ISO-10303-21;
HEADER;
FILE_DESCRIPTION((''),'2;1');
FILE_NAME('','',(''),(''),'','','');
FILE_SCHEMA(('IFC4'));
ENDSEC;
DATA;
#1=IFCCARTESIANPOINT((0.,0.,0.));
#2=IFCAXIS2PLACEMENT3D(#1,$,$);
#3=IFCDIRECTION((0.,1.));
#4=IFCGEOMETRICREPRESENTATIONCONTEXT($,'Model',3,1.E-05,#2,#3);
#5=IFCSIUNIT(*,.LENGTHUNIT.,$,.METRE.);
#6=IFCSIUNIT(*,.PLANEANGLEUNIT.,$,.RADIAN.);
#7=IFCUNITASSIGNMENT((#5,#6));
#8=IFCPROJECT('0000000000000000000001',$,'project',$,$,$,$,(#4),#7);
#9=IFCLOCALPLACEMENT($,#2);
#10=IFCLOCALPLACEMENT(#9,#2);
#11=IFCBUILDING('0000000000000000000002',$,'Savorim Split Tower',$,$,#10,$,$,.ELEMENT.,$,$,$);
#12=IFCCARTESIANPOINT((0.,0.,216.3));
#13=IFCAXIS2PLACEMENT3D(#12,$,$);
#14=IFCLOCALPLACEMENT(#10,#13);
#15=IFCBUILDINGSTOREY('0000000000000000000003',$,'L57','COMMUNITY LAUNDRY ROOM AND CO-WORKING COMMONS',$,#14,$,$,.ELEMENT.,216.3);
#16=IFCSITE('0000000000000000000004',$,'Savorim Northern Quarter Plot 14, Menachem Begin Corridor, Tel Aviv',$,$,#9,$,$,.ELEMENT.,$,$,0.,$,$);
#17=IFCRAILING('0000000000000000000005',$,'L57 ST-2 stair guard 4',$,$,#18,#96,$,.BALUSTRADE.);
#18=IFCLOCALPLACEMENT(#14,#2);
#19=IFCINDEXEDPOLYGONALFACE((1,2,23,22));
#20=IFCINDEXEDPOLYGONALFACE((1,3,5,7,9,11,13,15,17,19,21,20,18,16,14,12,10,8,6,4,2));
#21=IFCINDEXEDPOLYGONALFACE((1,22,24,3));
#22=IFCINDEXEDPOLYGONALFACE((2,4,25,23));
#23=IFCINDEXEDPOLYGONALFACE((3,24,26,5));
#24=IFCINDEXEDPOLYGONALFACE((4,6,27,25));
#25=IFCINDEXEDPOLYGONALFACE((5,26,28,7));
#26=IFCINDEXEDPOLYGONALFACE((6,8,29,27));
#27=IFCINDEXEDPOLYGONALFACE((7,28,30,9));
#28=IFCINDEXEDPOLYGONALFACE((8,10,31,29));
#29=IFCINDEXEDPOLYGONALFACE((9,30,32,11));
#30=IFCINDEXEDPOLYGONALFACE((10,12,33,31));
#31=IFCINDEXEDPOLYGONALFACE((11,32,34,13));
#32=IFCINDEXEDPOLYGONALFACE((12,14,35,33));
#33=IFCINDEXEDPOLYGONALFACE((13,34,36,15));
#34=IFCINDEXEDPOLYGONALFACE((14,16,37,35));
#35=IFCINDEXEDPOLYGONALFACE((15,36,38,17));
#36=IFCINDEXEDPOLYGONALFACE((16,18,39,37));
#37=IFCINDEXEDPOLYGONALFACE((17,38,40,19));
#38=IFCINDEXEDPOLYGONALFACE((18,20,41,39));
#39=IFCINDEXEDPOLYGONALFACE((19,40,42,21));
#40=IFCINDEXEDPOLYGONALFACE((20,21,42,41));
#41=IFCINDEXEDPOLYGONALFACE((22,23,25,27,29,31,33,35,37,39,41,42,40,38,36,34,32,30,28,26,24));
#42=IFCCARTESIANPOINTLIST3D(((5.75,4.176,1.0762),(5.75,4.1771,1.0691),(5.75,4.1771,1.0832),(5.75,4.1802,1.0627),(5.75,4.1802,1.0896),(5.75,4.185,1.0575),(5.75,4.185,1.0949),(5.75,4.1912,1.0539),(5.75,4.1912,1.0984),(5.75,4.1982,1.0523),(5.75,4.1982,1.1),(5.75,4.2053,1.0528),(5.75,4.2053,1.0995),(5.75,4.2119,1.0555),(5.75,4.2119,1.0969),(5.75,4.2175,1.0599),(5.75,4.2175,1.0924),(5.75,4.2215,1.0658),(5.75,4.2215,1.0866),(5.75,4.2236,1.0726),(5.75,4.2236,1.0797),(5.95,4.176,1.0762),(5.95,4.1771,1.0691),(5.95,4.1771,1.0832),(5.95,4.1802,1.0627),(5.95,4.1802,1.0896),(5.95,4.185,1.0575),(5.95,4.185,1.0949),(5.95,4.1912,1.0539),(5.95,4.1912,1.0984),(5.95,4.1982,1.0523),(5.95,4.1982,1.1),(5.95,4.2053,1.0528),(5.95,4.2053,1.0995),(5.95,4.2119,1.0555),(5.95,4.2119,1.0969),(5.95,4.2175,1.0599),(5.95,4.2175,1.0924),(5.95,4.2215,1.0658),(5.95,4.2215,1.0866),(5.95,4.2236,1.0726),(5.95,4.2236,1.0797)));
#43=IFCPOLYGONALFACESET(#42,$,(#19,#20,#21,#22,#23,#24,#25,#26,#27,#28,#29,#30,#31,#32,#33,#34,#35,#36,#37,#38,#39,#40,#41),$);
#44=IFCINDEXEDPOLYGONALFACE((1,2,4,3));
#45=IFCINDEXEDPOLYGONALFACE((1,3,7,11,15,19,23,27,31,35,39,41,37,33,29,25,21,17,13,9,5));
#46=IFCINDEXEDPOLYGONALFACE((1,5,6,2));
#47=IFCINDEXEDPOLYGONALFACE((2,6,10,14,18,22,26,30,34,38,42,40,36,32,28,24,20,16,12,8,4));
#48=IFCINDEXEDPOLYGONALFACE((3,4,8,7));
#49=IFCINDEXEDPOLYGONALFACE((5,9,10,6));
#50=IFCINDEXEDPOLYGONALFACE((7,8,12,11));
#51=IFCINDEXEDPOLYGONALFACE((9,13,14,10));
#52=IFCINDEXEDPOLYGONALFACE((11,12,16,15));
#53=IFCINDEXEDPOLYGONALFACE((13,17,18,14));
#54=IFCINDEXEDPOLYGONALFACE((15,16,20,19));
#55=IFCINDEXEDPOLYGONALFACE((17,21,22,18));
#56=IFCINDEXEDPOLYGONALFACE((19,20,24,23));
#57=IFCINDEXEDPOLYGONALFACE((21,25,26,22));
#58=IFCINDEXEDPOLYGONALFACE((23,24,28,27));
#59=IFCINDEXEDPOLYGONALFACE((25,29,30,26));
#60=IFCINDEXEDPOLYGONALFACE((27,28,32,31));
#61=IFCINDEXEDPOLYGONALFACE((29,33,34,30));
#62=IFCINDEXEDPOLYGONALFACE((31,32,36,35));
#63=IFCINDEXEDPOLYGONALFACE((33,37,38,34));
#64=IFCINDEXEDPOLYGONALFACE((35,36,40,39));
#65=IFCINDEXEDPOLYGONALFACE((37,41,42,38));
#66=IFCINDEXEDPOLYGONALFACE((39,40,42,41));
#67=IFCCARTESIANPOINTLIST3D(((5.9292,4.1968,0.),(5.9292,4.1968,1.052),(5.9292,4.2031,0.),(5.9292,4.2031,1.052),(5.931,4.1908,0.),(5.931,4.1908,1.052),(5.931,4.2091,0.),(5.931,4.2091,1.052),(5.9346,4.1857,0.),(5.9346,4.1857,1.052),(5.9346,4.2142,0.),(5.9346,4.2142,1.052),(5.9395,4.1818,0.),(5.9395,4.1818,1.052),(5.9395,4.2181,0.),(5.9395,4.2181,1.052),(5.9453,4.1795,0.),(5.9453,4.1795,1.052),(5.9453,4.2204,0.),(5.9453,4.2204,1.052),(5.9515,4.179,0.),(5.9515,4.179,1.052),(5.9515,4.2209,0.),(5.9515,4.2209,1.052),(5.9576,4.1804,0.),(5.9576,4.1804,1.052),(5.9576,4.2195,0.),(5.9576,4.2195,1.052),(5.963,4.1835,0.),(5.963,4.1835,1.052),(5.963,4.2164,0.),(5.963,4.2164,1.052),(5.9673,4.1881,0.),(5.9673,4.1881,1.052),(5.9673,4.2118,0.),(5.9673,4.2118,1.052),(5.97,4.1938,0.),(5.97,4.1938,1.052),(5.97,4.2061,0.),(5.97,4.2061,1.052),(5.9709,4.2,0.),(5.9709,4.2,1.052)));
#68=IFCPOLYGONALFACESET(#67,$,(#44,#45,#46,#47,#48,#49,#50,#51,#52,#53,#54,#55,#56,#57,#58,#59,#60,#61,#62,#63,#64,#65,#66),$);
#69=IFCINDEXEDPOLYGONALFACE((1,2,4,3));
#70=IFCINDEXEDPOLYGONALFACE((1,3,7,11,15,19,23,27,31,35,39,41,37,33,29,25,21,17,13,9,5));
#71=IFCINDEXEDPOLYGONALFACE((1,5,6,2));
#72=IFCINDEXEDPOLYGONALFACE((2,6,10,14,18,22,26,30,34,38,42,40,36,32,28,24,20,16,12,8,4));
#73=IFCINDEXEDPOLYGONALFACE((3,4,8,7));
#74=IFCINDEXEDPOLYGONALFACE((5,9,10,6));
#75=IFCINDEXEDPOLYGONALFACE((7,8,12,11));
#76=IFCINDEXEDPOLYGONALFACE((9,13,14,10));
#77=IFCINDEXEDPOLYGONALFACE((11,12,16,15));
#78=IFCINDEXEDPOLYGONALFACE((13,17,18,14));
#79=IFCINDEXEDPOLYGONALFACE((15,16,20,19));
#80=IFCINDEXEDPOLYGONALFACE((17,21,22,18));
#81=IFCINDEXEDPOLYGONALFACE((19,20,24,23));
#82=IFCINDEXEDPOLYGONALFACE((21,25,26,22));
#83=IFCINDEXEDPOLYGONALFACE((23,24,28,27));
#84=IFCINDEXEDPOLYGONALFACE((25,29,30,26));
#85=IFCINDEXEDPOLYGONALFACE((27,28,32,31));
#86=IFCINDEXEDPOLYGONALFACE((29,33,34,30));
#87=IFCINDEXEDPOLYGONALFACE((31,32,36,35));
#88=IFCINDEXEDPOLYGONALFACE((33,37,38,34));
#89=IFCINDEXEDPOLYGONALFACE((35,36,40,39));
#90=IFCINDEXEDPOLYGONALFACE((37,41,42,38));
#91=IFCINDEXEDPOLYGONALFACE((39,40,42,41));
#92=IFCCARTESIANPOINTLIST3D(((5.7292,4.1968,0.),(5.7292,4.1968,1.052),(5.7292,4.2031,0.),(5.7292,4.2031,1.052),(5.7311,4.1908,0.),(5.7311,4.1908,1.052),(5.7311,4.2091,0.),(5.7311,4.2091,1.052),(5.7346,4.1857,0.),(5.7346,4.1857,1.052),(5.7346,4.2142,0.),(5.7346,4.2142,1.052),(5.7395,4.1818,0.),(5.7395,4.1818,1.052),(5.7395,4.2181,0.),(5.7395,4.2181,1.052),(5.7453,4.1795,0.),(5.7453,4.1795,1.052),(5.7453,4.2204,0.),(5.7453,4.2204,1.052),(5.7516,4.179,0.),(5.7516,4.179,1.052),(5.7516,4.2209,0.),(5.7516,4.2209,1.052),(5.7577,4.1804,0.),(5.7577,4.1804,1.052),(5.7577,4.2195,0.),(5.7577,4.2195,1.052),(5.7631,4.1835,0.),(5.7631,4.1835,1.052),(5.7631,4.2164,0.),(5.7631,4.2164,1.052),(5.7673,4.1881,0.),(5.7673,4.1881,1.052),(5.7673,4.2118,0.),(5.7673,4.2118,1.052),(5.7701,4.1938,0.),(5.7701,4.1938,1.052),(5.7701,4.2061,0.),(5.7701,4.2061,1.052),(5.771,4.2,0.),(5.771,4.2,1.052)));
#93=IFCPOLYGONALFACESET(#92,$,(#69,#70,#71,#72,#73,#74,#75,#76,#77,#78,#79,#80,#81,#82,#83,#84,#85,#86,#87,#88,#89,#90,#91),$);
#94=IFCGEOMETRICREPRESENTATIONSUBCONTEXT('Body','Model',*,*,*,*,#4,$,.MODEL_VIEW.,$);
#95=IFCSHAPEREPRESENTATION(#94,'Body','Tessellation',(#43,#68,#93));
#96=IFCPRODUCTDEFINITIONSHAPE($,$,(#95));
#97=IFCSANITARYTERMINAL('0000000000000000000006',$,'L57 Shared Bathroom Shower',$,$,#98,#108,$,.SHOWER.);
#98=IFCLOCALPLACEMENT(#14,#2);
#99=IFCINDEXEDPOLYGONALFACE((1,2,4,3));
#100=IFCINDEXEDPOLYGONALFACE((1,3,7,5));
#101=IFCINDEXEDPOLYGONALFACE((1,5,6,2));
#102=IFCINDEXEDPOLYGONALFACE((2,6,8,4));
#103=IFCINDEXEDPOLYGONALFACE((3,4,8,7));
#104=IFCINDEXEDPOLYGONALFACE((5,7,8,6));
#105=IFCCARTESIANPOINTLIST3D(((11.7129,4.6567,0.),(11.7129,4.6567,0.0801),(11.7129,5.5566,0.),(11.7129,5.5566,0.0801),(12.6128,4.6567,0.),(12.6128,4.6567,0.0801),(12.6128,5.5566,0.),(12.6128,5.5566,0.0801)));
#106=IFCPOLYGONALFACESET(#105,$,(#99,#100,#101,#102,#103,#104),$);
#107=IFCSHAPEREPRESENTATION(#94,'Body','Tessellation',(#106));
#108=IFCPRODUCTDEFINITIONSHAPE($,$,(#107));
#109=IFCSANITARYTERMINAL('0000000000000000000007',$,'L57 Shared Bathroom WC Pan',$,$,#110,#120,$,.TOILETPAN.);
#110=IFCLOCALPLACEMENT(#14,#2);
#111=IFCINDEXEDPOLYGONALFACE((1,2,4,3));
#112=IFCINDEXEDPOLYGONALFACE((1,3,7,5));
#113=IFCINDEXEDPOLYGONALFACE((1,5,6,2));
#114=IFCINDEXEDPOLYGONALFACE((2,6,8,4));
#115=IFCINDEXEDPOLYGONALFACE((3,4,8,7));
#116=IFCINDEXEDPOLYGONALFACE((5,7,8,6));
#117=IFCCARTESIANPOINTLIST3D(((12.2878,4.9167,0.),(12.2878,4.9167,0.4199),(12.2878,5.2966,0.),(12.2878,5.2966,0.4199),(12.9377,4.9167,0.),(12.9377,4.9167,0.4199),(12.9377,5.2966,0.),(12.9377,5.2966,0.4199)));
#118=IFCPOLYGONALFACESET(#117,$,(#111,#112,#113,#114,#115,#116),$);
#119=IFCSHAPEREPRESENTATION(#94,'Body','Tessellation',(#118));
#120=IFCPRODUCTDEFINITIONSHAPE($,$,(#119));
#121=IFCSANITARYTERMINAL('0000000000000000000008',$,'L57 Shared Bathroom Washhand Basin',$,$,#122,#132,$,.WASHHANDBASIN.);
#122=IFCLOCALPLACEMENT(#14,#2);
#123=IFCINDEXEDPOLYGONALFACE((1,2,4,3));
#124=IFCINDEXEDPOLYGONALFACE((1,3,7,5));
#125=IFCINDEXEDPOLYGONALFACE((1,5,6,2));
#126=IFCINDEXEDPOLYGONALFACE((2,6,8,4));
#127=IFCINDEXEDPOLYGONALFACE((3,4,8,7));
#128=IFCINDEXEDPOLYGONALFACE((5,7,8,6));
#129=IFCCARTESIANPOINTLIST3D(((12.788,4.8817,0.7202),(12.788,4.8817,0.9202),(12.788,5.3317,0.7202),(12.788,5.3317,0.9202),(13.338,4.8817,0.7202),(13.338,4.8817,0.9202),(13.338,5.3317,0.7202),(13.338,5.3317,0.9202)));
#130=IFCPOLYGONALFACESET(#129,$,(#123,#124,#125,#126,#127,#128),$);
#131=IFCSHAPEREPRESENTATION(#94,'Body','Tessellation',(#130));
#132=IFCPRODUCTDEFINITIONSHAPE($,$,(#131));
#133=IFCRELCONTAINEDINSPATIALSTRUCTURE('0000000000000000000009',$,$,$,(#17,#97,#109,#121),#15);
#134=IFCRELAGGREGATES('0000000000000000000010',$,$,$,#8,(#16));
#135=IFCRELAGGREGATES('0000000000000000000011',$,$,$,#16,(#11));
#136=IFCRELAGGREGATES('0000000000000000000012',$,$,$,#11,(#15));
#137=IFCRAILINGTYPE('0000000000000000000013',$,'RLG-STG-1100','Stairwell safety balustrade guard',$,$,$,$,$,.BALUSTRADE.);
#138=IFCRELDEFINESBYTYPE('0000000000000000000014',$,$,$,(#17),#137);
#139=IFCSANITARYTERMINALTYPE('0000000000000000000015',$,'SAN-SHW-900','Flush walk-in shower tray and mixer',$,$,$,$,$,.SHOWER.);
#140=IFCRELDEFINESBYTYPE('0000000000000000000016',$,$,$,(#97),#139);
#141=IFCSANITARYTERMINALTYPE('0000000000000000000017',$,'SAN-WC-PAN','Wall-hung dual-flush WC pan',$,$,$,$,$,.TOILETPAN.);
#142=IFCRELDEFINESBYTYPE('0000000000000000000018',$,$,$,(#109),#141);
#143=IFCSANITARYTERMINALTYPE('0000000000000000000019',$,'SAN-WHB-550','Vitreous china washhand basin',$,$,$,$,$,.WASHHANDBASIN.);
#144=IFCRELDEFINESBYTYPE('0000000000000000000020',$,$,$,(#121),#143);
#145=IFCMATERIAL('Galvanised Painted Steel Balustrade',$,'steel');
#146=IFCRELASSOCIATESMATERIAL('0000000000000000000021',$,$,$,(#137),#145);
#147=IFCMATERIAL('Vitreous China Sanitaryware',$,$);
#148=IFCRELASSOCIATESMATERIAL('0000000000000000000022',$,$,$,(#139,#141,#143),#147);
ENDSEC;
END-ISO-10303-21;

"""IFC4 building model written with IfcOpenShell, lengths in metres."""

from ifc_helpers import new_model, si_unit, direction, frame, origin, origin_2d, place, context, subcontext, project, spatial, rectangle, circle, extrude, material, type_object, element, save


model = new_model("IFC4")

# Units and contexts
model_context = context("Model", 3, precision=1e-05, world=origin(), true_north=direction((0.0, 1.0)))
body_context = subcontext(model_context, "Body", "Model", "MODEL_VIEW")
ifc_project = project(units=[si_unit("LENGTHUNIT", "METRE"), si_unit("PLANEANGLEUNIT", "RADIAN")], contexts=[model_context])

# Site, building, storey
site_placement = place(None, origin())
site = spatial("IfcSite", under=ifc_project, at=site_placement, Name="Savorim Northern Quarter Plot 14, Menachem Begin Corridor, Tel Aviv", CompositionType="ELEMENT", RefElevation=0.0)
building_placement = place(site_placement, origin())
building = spatial("IfcBuilding", under=site, at=building_placement, Name="Savorim Split Tower", CompositionType="ELEMENT")
storey_placement = place(building_placement, frame((0.0, 0.0, 216.3)))
storey = spatial("IfcBuildingStorey", under=building, at=storey_placement, Name="L57", Description="COMMUNITY LAUNDRY ROOM AND CO-WORKING COMMONS", CompositionType="ELEMENT", Elevation=216.3)

# Railing
ifc_material_1 = material(Name="Galvanised Painted Steel Balustrade", Category="steel")
railing_type_1 = type_object("IfcRailingType", Name="RLG-STG-1100", Description="Stairwell safety balustrade guard", PredefinedType="BALUSTRADE", material=ifc_material_1)
railing_1_placement = place(storey_placement, frame((5.95, 4.2, 0.0)))
element("IfcRailing", 1, at=railing_1_placement, inside=storey, type_object=railing_type_1, Name="L57 ST-2 stair guard 4", PredefinedType="BALUSTRADE", context=body_context, shape_type="SweptSolid", body=[
    extrude(circle(Radius=0.0239, at=origin_2d()), frame((0.0, 0.0, 1.0762), z_axis=(-1.0, 0.0, 0.0), x_axis=(0.0, -1.0, 0.0)), (0.0, 0.0, 1.0), 0.2),
    extrude(circle(Radius=0.021, at=origin_2d()), origin(), (0.0, 0.0, 1.0), 1.052),
    extrude(circle(Radius=0.021, at=origin_2d()), frame((-0.2, 0.0, 0.0)), (0.0, 0.0, 1.0), 1.052),
])

# Sanitary terminals
ifc_material_2 = material(Name="Vitreous China Sanitaryware")
sanitary_terminal_type_1 = type_object("IfcSanitaryTerminalType", Name="SAN-SHW-900", Description="Flush walk-in shower tray and mixer", PredefinedType="SHOWER", material=ifc_material_2)
sanitary_terminal_1_placement = place(storey_placement, frame((12.1628, 5.1067, 0.0), z_axis=(0.0, 0.0, 1.0), x_axis=(1.0, 0.0, 0.0)))
element("IfcSanitaryTerminal", 2, at=sanitary_terminal_1_placement, inside=storey, type_object=sanitary_terminal_type_1, Name="L57 Shared Bathroom Shower", PredefinedType="SHOWER", context=body_context, shape_type="SweptSolid", body=[
    extrude(rectangle(XDim=0.8999, YDim=0.8999, at=origin_2d()), origin(), (0.0, 0.0, 1.0), 0.0801),
])
sanitary_terminal_type_2 = type_object("IfcSanitaryTerminalType", Name="SAN-WC-PAN", Description="Wall-hung dual-flush WC pan", PredefinedType="TOILETPAN", material=ifc_material_2)
sanitary_terminal_2_placement = place(storey_placement, frame((12.6128, 5.1067, 0.0), z_axis=(0.0, 0.0, 1.0), x_axis=(1.0, 0.0, 0.0)))
element("IfcSanitaryTerminal", 3, at=sanitary_terminal_2_placement, inside=storey, type_object=sanitary_terminal_type_2, Name="L57 Shared Bathroom WC Pan", PredefinedType="TOILETPAN", context=body_context, shape_type="SweptSolid", body=[
    extrude(rectangle(XDim=0.6499, YDim=0.3799, at=origin_2d()), origin(), (0.0, 0.0, 1.0), 0.4199),
])
sanitary_terminal_type_3 = type_object("IfcSanitaryTerminalType", Name="SAN-WHB-550", Description="Vitreous china washhand basin", PredefinedType="WASHHANDBASIN", material=ifc_material_2)
sanitary_terminal_3_placement = place(storey_placement, frame((13.063, 5.1067, 0.7202), z_axis=(0.0, 0.0, 1.0), x_axis=(1.0, 0.0, 0.0)))
element("IfcSanitaryTerminal", 4, at=sanitary_terminal_3_placement, inside=storey, type_object=sanitary_terminal_type_3, Name="L57 Shared Bathroom Washhand Basin", PredefinedType="WASHHANDBASIN", context=body_context, shape_type="SweptSolid", body=[
    extrude(rectangle(XDim=0.55, YDim=0.45, at=origin_2d()), origin(), (0.0, 0.0, 1.0), 0.2),
])

save(model, "model.ifc")
